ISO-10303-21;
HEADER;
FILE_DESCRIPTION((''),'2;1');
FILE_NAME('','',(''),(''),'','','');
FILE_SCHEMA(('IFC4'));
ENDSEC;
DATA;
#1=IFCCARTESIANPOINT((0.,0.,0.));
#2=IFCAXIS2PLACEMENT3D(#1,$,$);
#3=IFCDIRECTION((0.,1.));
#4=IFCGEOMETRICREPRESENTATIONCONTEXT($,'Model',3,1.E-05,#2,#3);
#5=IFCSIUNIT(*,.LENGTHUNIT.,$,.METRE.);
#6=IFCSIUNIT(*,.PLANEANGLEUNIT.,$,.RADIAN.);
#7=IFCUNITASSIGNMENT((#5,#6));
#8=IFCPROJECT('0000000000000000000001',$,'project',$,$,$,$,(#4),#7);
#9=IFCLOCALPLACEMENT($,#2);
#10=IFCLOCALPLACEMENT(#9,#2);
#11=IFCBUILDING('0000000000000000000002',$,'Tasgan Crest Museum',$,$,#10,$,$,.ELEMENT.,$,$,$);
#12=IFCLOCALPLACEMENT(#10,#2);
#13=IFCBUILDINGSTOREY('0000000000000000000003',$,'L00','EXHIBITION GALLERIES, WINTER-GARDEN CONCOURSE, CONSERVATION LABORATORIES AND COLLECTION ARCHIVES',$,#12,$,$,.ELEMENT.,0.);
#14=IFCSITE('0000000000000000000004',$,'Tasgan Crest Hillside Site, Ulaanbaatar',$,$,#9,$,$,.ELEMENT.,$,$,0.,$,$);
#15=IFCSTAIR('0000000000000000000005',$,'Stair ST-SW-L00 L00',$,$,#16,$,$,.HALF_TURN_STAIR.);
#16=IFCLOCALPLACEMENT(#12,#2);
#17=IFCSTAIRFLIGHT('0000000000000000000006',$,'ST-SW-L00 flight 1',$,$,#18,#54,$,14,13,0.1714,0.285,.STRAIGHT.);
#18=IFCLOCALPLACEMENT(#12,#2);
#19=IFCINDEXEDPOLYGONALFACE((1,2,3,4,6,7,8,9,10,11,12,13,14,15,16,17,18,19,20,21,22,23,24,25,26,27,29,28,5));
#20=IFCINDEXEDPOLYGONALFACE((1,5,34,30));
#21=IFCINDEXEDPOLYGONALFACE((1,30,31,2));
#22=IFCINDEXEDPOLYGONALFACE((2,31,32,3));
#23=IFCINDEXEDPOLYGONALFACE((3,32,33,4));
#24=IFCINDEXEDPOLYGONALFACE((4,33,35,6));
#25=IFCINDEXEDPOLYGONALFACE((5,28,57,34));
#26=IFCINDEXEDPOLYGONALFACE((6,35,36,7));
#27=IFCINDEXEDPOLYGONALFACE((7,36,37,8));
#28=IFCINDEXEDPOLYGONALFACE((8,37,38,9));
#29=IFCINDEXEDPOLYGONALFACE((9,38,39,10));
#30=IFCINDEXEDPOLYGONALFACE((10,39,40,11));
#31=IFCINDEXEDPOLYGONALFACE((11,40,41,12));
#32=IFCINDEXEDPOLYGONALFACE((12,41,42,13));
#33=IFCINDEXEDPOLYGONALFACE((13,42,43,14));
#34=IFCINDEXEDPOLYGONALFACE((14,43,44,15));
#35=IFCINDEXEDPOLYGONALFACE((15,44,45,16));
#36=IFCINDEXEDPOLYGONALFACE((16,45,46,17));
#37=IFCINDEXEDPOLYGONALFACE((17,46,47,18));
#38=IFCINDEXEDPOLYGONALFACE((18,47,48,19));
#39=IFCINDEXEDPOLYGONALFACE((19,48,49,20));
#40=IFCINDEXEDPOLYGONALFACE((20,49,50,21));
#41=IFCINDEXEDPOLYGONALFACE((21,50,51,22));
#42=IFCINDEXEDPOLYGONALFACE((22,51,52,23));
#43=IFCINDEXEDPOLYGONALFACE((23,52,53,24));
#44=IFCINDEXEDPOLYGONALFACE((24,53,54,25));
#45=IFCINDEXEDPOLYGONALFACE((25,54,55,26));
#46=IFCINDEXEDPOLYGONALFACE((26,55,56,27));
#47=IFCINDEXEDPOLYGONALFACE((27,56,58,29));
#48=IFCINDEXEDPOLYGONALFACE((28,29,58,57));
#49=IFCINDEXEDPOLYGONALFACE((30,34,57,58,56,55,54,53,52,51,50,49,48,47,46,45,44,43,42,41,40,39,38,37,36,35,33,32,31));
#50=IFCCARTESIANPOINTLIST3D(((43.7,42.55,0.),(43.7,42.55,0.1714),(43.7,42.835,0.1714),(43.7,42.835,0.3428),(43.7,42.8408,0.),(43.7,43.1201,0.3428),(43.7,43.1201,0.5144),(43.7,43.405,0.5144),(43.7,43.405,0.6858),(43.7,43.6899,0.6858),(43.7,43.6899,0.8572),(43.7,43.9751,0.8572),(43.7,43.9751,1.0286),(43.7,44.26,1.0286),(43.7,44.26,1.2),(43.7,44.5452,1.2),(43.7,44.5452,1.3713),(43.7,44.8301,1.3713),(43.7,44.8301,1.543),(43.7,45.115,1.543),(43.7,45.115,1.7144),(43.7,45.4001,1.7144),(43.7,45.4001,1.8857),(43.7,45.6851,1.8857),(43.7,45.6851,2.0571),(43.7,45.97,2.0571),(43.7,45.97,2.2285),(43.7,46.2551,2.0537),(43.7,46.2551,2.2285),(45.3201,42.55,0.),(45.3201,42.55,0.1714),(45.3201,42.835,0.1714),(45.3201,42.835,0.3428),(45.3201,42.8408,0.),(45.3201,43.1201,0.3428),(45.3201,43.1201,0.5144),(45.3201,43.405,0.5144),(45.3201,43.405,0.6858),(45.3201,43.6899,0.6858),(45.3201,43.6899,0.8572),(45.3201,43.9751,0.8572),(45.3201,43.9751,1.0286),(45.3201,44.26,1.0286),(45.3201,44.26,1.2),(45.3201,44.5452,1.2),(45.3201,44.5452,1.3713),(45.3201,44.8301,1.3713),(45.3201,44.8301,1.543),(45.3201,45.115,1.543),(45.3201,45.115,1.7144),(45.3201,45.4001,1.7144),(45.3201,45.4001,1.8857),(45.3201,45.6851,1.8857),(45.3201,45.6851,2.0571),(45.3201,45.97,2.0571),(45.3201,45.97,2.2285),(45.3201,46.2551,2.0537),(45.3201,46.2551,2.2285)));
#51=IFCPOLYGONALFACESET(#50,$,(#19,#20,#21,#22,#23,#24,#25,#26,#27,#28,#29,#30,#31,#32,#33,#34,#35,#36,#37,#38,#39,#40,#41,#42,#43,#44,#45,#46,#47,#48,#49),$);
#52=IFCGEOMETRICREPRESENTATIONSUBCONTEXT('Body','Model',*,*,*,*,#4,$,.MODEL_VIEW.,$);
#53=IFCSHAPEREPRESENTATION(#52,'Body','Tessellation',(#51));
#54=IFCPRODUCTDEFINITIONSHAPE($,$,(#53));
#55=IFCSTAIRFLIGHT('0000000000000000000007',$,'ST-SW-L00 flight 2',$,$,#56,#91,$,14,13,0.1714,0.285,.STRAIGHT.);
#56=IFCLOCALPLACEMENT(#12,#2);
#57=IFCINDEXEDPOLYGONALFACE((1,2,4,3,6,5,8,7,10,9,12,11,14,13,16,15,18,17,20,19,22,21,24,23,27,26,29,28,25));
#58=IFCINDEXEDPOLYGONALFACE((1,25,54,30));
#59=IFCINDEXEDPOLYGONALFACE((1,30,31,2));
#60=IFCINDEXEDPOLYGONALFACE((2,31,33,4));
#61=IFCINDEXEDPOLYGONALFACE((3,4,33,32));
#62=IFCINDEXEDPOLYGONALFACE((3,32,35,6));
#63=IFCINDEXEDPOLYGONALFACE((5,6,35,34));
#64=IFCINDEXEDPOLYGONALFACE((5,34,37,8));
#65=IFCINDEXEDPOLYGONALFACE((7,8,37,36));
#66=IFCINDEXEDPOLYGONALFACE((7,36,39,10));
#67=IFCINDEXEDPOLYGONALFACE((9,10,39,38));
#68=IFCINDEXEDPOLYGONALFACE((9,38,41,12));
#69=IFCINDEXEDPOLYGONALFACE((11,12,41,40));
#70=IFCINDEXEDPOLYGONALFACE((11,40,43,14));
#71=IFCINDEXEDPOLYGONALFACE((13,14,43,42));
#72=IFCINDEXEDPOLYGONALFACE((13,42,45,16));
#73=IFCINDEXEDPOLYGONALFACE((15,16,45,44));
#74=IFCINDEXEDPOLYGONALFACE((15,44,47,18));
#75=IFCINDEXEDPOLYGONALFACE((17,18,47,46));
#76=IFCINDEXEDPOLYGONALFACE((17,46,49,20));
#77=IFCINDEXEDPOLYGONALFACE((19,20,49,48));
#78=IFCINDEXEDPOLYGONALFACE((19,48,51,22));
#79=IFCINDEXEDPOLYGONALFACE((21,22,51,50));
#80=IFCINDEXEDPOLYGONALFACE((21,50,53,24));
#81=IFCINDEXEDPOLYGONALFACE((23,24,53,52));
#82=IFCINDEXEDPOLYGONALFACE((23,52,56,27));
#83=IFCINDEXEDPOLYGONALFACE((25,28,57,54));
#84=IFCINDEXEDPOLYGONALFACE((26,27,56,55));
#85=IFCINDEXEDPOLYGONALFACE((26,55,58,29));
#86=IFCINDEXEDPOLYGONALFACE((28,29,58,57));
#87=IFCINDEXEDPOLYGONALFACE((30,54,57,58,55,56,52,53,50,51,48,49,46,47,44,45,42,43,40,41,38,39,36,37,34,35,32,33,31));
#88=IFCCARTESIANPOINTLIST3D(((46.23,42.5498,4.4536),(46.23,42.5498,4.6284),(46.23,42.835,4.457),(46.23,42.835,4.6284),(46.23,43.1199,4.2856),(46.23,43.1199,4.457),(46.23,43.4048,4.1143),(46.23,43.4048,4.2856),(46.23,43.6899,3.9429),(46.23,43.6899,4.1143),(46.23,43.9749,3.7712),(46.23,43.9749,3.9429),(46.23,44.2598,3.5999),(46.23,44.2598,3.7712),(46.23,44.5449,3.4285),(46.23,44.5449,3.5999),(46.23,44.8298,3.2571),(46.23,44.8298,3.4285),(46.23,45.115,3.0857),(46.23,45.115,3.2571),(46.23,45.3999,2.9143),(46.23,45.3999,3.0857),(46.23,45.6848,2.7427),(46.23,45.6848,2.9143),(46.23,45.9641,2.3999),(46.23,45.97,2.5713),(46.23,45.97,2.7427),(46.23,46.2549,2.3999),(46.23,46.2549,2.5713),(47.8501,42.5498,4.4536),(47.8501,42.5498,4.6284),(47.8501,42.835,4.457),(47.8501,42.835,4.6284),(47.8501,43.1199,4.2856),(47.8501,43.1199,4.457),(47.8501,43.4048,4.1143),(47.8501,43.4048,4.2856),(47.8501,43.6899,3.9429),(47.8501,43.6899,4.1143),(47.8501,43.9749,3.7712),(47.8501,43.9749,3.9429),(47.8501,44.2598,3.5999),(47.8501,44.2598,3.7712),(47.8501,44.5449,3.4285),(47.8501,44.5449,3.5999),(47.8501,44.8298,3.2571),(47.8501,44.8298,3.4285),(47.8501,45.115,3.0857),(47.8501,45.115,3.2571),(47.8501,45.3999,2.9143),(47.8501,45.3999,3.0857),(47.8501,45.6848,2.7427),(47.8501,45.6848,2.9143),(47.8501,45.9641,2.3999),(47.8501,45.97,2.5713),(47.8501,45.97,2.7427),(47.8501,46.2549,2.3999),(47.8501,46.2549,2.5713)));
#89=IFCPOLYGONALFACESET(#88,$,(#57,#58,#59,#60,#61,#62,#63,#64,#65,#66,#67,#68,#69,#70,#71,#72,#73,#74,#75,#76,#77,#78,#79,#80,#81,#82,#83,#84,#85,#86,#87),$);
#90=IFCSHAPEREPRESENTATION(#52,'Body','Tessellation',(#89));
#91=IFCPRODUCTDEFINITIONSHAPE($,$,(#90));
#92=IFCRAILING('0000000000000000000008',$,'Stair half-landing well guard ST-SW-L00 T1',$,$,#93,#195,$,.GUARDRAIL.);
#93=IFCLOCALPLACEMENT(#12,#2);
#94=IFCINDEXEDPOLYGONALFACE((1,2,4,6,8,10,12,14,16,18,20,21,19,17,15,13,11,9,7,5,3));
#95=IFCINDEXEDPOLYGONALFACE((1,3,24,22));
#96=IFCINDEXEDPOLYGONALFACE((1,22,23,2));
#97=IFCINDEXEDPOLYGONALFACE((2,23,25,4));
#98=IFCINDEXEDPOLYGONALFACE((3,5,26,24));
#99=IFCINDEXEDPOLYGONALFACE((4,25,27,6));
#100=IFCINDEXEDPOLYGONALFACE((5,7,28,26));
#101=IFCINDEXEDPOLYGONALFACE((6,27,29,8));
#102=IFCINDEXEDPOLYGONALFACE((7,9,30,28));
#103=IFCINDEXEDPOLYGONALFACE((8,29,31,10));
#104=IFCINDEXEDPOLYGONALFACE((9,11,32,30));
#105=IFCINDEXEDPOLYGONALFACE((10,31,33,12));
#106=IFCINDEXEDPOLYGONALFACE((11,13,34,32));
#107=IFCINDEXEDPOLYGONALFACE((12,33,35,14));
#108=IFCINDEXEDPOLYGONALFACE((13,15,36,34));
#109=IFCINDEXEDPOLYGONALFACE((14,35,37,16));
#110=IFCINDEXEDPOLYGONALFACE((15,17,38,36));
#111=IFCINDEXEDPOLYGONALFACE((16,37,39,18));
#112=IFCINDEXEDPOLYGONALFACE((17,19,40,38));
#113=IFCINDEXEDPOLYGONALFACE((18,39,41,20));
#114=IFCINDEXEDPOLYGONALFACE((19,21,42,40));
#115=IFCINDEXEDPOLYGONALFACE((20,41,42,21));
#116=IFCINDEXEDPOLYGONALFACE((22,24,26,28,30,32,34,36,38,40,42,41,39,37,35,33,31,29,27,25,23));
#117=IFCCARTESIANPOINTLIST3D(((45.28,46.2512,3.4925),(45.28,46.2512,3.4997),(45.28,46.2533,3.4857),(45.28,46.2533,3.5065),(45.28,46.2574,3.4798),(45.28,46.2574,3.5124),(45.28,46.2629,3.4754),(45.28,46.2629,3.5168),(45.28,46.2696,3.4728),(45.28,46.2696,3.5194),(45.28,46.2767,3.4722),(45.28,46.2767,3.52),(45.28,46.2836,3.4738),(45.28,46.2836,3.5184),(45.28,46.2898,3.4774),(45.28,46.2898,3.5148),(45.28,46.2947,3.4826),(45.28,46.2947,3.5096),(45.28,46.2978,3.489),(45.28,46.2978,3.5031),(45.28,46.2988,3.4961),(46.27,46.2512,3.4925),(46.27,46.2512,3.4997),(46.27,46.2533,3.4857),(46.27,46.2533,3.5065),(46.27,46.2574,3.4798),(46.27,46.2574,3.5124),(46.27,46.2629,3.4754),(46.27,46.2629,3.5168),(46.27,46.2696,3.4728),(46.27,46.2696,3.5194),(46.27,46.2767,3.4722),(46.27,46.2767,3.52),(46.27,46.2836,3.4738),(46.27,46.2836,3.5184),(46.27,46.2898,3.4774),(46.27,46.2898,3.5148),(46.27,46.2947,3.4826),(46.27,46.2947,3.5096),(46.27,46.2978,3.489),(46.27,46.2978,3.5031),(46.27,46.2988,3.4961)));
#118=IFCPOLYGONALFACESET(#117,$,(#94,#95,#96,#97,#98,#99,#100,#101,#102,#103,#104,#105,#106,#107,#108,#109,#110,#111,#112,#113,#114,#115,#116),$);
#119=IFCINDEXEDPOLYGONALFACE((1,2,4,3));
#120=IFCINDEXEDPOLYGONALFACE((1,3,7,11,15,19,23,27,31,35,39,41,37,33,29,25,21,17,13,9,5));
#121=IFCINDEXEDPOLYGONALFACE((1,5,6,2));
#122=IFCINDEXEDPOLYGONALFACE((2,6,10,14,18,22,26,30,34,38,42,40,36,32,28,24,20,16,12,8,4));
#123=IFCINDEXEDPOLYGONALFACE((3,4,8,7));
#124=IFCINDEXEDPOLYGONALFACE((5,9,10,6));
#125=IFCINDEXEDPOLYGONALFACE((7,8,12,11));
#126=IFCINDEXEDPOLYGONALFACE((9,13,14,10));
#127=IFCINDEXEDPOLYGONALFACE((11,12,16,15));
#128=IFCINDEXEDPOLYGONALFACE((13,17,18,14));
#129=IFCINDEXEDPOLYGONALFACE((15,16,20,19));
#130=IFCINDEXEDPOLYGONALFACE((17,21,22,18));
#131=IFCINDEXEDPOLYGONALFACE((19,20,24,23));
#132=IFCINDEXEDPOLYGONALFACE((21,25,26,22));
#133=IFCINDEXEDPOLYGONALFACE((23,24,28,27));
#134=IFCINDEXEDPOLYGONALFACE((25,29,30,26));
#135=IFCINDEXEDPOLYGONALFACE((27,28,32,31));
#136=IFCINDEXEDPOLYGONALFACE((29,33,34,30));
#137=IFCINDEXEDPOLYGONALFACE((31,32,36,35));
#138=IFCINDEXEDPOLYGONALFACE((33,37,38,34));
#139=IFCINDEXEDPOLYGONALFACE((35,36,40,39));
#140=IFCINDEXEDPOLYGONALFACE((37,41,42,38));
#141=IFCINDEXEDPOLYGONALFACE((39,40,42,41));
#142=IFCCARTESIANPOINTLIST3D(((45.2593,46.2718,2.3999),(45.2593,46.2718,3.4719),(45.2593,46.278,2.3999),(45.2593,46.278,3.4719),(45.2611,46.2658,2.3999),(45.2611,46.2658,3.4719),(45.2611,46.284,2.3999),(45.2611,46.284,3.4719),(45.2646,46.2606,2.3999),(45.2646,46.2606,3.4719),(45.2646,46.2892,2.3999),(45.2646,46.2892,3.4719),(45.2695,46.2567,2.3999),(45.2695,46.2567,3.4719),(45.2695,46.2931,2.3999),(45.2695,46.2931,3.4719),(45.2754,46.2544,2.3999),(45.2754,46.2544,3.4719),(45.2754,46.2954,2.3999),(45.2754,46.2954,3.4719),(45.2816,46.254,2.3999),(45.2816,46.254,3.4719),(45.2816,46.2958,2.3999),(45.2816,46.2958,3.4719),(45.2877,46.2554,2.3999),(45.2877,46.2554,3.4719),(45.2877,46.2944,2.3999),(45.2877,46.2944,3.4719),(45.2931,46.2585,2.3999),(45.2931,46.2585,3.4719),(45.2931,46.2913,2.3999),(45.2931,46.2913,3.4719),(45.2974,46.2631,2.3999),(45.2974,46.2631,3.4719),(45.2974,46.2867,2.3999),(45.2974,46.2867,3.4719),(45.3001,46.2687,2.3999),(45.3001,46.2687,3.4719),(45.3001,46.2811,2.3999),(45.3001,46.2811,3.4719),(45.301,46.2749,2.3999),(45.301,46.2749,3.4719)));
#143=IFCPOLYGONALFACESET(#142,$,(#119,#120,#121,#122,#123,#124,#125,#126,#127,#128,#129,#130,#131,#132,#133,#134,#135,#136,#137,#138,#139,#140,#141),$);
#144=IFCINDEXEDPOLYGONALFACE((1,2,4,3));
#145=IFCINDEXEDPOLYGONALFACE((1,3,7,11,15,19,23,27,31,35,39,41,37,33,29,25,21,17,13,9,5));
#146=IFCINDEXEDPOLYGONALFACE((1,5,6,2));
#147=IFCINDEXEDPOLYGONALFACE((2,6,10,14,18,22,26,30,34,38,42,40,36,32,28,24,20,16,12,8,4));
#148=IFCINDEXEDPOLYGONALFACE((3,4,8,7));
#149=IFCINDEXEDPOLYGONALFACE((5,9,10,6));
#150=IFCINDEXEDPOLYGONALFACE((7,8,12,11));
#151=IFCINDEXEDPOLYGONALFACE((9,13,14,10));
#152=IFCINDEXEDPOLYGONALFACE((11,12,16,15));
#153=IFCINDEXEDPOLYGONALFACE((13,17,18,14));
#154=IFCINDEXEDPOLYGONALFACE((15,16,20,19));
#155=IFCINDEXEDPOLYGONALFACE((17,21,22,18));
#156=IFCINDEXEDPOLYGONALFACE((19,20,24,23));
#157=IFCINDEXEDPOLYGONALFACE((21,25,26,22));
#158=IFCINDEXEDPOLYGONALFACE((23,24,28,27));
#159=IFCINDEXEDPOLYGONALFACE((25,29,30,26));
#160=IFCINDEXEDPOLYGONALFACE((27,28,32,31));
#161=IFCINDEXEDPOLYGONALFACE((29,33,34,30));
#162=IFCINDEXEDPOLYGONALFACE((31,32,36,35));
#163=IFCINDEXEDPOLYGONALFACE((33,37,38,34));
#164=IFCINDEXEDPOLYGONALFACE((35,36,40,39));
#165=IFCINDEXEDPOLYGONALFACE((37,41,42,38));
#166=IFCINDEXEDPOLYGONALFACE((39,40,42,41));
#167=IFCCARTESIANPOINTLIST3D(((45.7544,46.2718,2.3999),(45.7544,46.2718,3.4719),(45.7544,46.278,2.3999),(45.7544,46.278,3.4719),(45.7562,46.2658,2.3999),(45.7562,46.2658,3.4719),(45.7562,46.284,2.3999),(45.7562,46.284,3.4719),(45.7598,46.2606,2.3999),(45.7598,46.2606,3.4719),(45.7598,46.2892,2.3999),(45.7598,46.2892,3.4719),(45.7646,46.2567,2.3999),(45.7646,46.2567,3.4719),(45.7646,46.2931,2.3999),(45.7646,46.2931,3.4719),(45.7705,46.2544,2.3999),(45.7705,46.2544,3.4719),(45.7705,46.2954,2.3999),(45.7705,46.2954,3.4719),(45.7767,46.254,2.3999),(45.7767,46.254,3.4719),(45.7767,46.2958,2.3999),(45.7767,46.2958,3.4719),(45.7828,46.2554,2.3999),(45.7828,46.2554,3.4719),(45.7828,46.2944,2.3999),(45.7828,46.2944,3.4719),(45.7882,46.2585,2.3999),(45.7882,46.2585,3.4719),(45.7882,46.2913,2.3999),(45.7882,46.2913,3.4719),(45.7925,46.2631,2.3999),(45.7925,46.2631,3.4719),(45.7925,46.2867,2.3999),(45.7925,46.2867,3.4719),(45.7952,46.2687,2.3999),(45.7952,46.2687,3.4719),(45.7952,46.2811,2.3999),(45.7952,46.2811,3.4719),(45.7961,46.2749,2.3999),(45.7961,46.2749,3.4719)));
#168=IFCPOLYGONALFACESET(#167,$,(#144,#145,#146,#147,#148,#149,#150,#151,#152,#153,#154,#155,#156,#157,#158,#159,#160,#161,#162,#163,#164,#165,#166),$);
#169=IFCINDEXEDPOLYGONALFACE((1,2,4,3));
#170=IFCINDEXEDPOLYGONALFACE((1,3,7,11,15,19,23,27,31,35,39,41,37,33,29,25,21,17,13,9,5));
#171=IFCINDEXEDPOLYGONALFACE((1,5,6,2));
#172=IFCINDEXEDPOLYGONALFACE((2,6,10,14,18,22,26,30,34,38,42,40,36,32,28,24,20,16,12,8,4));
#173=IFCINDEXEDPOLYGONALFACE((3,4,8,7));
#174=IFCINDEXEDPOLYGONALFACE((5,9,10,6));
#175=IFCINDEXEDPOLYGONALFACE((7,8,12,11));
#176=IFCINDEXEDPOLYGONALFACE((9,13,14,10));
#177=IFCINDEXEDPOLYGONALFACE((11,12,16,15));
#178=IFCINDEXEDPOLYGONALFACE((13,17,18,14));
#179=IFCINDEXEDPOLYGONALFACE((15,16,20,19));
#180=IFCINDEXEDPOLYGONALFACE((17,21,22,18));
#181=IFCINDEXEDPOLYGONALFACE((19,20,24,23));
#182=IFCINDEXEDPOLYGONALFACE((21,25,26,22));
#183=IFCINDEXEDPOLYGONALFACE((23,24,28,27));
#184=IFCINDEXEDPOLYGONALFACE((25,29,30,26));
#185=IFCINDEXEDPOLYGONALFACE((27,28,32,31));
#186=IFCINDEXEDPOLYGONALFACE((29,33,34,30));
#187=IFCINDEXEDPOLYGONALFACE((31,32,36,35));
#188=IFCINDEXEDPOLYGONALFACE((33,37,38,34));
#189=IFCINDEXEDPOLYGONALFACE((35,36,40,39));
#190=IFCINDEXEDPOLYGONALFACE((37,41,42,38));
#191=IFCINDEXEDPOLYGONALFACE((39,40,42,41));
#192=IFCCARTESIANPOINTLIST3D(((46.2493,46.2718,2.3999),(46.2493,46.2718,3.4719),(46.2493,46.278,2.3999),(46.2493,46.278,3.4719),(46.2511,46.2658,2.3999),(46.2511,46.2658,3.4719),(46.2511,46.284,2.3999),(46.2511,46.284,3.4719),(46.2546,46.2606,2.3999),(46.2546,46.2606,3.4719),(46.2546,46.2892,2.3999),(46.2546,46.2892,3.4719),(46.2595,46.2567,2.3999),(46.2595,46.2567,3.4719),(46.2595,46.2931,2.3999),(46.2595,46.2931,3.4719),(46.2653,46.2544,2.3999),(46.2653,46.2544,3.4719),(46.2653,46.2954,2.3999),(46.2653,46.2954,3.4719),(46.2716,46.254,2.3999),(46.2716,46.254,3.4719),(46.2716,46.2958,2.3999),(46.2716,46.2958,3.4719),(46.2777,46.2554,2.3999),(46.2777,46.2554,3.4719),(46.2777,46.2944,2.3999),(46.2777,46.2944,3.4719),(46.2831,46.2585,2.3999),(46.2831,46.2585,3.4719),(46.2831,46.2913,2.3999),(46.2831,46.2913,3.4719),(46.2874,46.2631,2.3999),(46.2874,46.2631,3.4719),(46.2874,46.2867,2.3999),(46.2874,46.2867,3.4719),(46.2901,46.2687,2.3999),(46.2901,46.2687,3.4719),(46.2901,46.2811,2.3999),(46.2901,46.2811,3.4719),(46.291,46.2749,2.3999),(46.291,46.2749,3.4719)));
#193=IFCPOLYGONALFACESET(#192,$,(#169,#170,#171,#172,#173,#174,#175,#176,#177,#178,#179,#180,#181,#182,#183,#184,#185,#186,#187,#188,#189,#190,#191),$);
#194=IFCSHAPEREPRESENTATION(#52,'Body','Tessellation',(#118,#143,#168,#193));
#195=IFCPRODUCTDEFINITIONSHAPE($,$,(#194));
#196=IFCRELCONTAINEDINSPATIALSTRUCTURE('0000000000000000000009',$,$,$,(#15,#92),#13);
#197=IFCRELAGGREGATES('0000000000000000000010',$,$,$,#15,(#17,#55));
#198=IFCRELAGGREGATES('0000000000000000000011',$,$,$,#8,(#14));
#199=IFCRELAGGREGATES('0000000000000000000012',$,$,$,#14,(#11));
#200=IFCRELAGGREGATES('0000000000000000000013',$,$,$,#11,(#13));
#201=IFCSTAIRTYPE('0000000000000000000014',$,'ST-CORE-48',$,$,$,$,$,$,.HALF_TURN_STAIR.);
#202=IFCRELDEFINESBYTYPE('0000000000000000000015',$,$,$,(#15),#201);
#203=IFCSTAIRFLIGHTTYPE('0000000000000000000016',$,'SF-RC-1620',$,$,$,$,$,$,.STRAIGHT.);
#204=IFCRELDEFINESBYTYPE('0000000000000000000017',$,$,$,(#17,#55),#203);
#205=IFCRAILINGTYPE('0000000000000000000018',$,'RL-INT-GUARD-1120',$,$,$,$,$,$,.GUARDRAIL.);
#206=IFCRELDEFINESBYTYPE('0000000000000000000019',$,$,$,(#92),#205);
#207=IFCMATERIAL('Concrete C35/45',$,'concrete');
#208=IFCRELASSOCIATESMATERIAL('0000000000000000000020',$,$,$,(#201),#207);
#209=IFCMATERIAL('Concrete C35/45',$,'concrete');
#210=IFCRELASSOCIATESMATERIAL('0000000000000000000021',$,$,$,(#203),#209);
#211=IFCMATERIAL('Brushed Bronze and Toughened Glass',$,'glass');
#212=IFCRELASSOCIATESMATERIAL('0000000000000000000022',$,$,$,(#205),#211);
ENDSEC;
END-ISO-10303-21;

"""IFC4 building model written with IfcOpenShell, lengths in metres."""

from ifc_helpers import new_model, si_unit, direction, frame, origin, origin_2d, place, context, subcontext, project, spatial, polyline, circle, outline, extrude, material, type_object, element, aggregate, save


model = new_model("IFC4")

# Units and contexts
model_context = context("Model", 3, precision=1e-05, world=origin(), true_north=direction((0.0, 1.0)))
body_context = subcontext(model_context, "Body", "Model", "MODEL_VIEW")
ifc_project = project(units=[si_unit("LENGTHUNIT", "METRE"), si_unit("PLANEANGLEUNIT", "RADIAN")], contexts=[model_context])

# Site, building, storey
site_placement = place(None, origin())
site = spatial("IfcSite", under=ifc_project, at=site_placement, Name="Tasgan Crest Hillside Site, Ulaanbaatar", CompositionType="ELEMENT", RefElevation=0.0)
building_placement = place(site_placement, origin())
building = spatial("IfcBuilding", under=site, at=building_placement, Name="Tasgan Crest Museum", CompositionType="ELEMENT")
storey_placement = place(building_placement, origin())
storey = spatial("IfcBuildingStorey", under=building, at=storey_placement, Name="L00", Description="EXHIBITION GALLERIES, WINTER-GARDEN CONCOURSE, CONSERVATION LABORATORIES AND COLLECTION ARCHIVES", CompositionType="ELEMENT", Elevation=0.0)

# Stair, stair flights
ifc_material_1 = material(Name="Concrete C35/45", Category="concrete")
stair_type = type_object("IfcStairType", Name="ST-CORE-48", PredefinedType="HALF_TURN_STAIR", material=ifc_material_1)
stair_placement = place(storey_placement, origin())
stair = element("IfcStair", 1, at=stair_placement, inside=storey, type_object=stair_type, Name="Stair ST-SW-L00 L00", PredefinedType="HALF_TURN_STAIR")
ifc_material_2 = material(Name="Concrete C35/45", Category="concrete")
stair_flight_type = type_object("IfcStairFlightType", Name="SF-RC-1620", PredefinedType="STRAIGHT", material=ifc_material_2)
stair_flight_1_placement = place(storey_placement, frame((44.51, 42.55, 0.0), z_axis=(0.0, 0.0, 1.0), x_axis=(0.0, 1.0, 0.0)))
stair_flight_1 = element("IfcStairFlight", 2, at=stair_flight_1_placement, type_object=stair_flight_type, Name="ST-SW-L00 flight 1", NumberOfRisers=14, NumberOfTreads=13, PredefinedType="STRAIGHT", RiserHeight=0.1714, TreadLength=0.285, context=body_context, shape_type="SweptSolid", body=[
    extrude(outline(polyline([(0.0, 0.0), (0.0, 0.1714), (0.2849, 0.1714), (0.2849, 0.3428), (0.5701, 0.3428), (0.5701, 0.5144), (0.855, 0.5144), (0.855, 0.6858), (1.1399, 0.6858), (1.1399, 0.8572), (1.425, 0.8572), (1.425, 1.0286), (1.71, 1.0286), (1.71, 1.2), (1.9951, 1.2), (1.9951, 1.3713), (2.28, 1.3713), (2.28, 1.543), (2.5649, 1.543), (2.5649, 1.7144), (2.8501, 1.7144), (2.8501, 1.8857), (3.135, 1.8857), (3.135, 2.0571), (3.4199, 2.0571), (3.4199, 2.2285), (3.7051, 2.2285), (3.7051, 2.3999), (3.7051, 2.0537), (0.2908, 0.0), (0.0, 0.0)])), frame((0.0, 0.8101, 0.0), z_axis=(0.0, -1.0, 0.0), x_axis=(1.0, 0.0, 0.0)), (0.0, 0.0, 1.0), 1.6201),
])
stair_flight_2_placement = place(storey_placement, frame((47.04, 46.2549, 2.3999), z_axis=(0.0, 0.0, 1.0), x_axis=(0.0, -1.0, 0.0)))
stair_flight_2 = element("IfcStairFlight", 3, at=stair_flight_2_placement, type_object=stair_flight_type, Name="ST-SW-L00 flight 2", NumberOfRisers=14, NumberOfTreads=13, PredefinedType="STRAIGHT", RiserHeight=0.1714, TreadLength=0.285, context=body_context, shape_type="SweptSolid", body=[
    extrude(outline(polyline([(0.0, 0.0), (0.0, 0.1714), (0.2849, 0.1714), (0.2849, 0.3428), (0.5701, 0.3428), (0.5701, 0.5144), (0.855, 0.5144), (0.855, 0.6858), (1.1399, 0.6858), (1.1399, 0.8572), (1.425, 0.8572), (1.425, 1.0286), (1.71, 1.0286), (1.71, 1.2), (1.9951, 1.2), (1.9951, 1.3713), (2.28, 1.3713), (2.28, 1.543), (2.5649, 1.543), (2.5649, 1.7144), (2.8501, 1.7144), (2.8501, 1.8857), (3.135, 1.8857), (3.135, 2.0571), (3.4199, 2.0571), (3.4199, 2.2285), (3.7051, 2.2285), (3.7051, 2.3999), (3.7051, 2.0537), (0.2908, 0.0), (0.0, 0.0)])), frame((0.0, 0.8101, 0.0), z_axis=(0.0, -1.0, 0.0), x_axis=(1.0, 0.0, 0.0)), (0.0, 0.0, 1.0), 1.6201),
])
aggregate(stair, [stair_flight_1, stair_flight_2])

# Railing
ifc_material_3 = material(Name="Brushed Bronze and Toughened Glass", Category="glass")
railing_type_1 = type_object("IfcRailingType", Name="RL-INT-GUARD-1120", PredefinedType="GUARDRAIL", material=ifc_material_3)
railing_1_placement = place(storey_placement, frame((45.28, 46.2749, 2.3999)))
element("IfcRailing", 4, at=railing_1_placement, inside=storey, type_object=railing_type_1, Name="Stair half-landing well guard ST-SW-L00 T1", PredefinedType="GUARDRAIL", context=body_context, shape_type="SweptSolid", body=[
    extrude(circle(Radius=0.0239, at=origin_2d()), frame((0.0, 0.0, 1.0962), z_axis=(1.0, 0.0, 0.0), x_axis=(0.0, 1.0, 0.0)), (0.0, 0.0, 1.0), 0.99),
    extrude(circle(Radius=0.021, at=origin_2d()), origin(), (0.0, 0.0, 1.0), 1.072),
    extrude(circle(Radius=0.021, at=origin_2d()), frame((0.4951, 0.0, 0.0)), (0.0, 0.0, 1.0), 1.072),
    extrude(circle(Radius=0.021, at=origin_2d()), frame((0.99, 0.0, 0.0)), (0.0, 0.0, 1.0), 1.072),
])

save(model, "model.ifc")
